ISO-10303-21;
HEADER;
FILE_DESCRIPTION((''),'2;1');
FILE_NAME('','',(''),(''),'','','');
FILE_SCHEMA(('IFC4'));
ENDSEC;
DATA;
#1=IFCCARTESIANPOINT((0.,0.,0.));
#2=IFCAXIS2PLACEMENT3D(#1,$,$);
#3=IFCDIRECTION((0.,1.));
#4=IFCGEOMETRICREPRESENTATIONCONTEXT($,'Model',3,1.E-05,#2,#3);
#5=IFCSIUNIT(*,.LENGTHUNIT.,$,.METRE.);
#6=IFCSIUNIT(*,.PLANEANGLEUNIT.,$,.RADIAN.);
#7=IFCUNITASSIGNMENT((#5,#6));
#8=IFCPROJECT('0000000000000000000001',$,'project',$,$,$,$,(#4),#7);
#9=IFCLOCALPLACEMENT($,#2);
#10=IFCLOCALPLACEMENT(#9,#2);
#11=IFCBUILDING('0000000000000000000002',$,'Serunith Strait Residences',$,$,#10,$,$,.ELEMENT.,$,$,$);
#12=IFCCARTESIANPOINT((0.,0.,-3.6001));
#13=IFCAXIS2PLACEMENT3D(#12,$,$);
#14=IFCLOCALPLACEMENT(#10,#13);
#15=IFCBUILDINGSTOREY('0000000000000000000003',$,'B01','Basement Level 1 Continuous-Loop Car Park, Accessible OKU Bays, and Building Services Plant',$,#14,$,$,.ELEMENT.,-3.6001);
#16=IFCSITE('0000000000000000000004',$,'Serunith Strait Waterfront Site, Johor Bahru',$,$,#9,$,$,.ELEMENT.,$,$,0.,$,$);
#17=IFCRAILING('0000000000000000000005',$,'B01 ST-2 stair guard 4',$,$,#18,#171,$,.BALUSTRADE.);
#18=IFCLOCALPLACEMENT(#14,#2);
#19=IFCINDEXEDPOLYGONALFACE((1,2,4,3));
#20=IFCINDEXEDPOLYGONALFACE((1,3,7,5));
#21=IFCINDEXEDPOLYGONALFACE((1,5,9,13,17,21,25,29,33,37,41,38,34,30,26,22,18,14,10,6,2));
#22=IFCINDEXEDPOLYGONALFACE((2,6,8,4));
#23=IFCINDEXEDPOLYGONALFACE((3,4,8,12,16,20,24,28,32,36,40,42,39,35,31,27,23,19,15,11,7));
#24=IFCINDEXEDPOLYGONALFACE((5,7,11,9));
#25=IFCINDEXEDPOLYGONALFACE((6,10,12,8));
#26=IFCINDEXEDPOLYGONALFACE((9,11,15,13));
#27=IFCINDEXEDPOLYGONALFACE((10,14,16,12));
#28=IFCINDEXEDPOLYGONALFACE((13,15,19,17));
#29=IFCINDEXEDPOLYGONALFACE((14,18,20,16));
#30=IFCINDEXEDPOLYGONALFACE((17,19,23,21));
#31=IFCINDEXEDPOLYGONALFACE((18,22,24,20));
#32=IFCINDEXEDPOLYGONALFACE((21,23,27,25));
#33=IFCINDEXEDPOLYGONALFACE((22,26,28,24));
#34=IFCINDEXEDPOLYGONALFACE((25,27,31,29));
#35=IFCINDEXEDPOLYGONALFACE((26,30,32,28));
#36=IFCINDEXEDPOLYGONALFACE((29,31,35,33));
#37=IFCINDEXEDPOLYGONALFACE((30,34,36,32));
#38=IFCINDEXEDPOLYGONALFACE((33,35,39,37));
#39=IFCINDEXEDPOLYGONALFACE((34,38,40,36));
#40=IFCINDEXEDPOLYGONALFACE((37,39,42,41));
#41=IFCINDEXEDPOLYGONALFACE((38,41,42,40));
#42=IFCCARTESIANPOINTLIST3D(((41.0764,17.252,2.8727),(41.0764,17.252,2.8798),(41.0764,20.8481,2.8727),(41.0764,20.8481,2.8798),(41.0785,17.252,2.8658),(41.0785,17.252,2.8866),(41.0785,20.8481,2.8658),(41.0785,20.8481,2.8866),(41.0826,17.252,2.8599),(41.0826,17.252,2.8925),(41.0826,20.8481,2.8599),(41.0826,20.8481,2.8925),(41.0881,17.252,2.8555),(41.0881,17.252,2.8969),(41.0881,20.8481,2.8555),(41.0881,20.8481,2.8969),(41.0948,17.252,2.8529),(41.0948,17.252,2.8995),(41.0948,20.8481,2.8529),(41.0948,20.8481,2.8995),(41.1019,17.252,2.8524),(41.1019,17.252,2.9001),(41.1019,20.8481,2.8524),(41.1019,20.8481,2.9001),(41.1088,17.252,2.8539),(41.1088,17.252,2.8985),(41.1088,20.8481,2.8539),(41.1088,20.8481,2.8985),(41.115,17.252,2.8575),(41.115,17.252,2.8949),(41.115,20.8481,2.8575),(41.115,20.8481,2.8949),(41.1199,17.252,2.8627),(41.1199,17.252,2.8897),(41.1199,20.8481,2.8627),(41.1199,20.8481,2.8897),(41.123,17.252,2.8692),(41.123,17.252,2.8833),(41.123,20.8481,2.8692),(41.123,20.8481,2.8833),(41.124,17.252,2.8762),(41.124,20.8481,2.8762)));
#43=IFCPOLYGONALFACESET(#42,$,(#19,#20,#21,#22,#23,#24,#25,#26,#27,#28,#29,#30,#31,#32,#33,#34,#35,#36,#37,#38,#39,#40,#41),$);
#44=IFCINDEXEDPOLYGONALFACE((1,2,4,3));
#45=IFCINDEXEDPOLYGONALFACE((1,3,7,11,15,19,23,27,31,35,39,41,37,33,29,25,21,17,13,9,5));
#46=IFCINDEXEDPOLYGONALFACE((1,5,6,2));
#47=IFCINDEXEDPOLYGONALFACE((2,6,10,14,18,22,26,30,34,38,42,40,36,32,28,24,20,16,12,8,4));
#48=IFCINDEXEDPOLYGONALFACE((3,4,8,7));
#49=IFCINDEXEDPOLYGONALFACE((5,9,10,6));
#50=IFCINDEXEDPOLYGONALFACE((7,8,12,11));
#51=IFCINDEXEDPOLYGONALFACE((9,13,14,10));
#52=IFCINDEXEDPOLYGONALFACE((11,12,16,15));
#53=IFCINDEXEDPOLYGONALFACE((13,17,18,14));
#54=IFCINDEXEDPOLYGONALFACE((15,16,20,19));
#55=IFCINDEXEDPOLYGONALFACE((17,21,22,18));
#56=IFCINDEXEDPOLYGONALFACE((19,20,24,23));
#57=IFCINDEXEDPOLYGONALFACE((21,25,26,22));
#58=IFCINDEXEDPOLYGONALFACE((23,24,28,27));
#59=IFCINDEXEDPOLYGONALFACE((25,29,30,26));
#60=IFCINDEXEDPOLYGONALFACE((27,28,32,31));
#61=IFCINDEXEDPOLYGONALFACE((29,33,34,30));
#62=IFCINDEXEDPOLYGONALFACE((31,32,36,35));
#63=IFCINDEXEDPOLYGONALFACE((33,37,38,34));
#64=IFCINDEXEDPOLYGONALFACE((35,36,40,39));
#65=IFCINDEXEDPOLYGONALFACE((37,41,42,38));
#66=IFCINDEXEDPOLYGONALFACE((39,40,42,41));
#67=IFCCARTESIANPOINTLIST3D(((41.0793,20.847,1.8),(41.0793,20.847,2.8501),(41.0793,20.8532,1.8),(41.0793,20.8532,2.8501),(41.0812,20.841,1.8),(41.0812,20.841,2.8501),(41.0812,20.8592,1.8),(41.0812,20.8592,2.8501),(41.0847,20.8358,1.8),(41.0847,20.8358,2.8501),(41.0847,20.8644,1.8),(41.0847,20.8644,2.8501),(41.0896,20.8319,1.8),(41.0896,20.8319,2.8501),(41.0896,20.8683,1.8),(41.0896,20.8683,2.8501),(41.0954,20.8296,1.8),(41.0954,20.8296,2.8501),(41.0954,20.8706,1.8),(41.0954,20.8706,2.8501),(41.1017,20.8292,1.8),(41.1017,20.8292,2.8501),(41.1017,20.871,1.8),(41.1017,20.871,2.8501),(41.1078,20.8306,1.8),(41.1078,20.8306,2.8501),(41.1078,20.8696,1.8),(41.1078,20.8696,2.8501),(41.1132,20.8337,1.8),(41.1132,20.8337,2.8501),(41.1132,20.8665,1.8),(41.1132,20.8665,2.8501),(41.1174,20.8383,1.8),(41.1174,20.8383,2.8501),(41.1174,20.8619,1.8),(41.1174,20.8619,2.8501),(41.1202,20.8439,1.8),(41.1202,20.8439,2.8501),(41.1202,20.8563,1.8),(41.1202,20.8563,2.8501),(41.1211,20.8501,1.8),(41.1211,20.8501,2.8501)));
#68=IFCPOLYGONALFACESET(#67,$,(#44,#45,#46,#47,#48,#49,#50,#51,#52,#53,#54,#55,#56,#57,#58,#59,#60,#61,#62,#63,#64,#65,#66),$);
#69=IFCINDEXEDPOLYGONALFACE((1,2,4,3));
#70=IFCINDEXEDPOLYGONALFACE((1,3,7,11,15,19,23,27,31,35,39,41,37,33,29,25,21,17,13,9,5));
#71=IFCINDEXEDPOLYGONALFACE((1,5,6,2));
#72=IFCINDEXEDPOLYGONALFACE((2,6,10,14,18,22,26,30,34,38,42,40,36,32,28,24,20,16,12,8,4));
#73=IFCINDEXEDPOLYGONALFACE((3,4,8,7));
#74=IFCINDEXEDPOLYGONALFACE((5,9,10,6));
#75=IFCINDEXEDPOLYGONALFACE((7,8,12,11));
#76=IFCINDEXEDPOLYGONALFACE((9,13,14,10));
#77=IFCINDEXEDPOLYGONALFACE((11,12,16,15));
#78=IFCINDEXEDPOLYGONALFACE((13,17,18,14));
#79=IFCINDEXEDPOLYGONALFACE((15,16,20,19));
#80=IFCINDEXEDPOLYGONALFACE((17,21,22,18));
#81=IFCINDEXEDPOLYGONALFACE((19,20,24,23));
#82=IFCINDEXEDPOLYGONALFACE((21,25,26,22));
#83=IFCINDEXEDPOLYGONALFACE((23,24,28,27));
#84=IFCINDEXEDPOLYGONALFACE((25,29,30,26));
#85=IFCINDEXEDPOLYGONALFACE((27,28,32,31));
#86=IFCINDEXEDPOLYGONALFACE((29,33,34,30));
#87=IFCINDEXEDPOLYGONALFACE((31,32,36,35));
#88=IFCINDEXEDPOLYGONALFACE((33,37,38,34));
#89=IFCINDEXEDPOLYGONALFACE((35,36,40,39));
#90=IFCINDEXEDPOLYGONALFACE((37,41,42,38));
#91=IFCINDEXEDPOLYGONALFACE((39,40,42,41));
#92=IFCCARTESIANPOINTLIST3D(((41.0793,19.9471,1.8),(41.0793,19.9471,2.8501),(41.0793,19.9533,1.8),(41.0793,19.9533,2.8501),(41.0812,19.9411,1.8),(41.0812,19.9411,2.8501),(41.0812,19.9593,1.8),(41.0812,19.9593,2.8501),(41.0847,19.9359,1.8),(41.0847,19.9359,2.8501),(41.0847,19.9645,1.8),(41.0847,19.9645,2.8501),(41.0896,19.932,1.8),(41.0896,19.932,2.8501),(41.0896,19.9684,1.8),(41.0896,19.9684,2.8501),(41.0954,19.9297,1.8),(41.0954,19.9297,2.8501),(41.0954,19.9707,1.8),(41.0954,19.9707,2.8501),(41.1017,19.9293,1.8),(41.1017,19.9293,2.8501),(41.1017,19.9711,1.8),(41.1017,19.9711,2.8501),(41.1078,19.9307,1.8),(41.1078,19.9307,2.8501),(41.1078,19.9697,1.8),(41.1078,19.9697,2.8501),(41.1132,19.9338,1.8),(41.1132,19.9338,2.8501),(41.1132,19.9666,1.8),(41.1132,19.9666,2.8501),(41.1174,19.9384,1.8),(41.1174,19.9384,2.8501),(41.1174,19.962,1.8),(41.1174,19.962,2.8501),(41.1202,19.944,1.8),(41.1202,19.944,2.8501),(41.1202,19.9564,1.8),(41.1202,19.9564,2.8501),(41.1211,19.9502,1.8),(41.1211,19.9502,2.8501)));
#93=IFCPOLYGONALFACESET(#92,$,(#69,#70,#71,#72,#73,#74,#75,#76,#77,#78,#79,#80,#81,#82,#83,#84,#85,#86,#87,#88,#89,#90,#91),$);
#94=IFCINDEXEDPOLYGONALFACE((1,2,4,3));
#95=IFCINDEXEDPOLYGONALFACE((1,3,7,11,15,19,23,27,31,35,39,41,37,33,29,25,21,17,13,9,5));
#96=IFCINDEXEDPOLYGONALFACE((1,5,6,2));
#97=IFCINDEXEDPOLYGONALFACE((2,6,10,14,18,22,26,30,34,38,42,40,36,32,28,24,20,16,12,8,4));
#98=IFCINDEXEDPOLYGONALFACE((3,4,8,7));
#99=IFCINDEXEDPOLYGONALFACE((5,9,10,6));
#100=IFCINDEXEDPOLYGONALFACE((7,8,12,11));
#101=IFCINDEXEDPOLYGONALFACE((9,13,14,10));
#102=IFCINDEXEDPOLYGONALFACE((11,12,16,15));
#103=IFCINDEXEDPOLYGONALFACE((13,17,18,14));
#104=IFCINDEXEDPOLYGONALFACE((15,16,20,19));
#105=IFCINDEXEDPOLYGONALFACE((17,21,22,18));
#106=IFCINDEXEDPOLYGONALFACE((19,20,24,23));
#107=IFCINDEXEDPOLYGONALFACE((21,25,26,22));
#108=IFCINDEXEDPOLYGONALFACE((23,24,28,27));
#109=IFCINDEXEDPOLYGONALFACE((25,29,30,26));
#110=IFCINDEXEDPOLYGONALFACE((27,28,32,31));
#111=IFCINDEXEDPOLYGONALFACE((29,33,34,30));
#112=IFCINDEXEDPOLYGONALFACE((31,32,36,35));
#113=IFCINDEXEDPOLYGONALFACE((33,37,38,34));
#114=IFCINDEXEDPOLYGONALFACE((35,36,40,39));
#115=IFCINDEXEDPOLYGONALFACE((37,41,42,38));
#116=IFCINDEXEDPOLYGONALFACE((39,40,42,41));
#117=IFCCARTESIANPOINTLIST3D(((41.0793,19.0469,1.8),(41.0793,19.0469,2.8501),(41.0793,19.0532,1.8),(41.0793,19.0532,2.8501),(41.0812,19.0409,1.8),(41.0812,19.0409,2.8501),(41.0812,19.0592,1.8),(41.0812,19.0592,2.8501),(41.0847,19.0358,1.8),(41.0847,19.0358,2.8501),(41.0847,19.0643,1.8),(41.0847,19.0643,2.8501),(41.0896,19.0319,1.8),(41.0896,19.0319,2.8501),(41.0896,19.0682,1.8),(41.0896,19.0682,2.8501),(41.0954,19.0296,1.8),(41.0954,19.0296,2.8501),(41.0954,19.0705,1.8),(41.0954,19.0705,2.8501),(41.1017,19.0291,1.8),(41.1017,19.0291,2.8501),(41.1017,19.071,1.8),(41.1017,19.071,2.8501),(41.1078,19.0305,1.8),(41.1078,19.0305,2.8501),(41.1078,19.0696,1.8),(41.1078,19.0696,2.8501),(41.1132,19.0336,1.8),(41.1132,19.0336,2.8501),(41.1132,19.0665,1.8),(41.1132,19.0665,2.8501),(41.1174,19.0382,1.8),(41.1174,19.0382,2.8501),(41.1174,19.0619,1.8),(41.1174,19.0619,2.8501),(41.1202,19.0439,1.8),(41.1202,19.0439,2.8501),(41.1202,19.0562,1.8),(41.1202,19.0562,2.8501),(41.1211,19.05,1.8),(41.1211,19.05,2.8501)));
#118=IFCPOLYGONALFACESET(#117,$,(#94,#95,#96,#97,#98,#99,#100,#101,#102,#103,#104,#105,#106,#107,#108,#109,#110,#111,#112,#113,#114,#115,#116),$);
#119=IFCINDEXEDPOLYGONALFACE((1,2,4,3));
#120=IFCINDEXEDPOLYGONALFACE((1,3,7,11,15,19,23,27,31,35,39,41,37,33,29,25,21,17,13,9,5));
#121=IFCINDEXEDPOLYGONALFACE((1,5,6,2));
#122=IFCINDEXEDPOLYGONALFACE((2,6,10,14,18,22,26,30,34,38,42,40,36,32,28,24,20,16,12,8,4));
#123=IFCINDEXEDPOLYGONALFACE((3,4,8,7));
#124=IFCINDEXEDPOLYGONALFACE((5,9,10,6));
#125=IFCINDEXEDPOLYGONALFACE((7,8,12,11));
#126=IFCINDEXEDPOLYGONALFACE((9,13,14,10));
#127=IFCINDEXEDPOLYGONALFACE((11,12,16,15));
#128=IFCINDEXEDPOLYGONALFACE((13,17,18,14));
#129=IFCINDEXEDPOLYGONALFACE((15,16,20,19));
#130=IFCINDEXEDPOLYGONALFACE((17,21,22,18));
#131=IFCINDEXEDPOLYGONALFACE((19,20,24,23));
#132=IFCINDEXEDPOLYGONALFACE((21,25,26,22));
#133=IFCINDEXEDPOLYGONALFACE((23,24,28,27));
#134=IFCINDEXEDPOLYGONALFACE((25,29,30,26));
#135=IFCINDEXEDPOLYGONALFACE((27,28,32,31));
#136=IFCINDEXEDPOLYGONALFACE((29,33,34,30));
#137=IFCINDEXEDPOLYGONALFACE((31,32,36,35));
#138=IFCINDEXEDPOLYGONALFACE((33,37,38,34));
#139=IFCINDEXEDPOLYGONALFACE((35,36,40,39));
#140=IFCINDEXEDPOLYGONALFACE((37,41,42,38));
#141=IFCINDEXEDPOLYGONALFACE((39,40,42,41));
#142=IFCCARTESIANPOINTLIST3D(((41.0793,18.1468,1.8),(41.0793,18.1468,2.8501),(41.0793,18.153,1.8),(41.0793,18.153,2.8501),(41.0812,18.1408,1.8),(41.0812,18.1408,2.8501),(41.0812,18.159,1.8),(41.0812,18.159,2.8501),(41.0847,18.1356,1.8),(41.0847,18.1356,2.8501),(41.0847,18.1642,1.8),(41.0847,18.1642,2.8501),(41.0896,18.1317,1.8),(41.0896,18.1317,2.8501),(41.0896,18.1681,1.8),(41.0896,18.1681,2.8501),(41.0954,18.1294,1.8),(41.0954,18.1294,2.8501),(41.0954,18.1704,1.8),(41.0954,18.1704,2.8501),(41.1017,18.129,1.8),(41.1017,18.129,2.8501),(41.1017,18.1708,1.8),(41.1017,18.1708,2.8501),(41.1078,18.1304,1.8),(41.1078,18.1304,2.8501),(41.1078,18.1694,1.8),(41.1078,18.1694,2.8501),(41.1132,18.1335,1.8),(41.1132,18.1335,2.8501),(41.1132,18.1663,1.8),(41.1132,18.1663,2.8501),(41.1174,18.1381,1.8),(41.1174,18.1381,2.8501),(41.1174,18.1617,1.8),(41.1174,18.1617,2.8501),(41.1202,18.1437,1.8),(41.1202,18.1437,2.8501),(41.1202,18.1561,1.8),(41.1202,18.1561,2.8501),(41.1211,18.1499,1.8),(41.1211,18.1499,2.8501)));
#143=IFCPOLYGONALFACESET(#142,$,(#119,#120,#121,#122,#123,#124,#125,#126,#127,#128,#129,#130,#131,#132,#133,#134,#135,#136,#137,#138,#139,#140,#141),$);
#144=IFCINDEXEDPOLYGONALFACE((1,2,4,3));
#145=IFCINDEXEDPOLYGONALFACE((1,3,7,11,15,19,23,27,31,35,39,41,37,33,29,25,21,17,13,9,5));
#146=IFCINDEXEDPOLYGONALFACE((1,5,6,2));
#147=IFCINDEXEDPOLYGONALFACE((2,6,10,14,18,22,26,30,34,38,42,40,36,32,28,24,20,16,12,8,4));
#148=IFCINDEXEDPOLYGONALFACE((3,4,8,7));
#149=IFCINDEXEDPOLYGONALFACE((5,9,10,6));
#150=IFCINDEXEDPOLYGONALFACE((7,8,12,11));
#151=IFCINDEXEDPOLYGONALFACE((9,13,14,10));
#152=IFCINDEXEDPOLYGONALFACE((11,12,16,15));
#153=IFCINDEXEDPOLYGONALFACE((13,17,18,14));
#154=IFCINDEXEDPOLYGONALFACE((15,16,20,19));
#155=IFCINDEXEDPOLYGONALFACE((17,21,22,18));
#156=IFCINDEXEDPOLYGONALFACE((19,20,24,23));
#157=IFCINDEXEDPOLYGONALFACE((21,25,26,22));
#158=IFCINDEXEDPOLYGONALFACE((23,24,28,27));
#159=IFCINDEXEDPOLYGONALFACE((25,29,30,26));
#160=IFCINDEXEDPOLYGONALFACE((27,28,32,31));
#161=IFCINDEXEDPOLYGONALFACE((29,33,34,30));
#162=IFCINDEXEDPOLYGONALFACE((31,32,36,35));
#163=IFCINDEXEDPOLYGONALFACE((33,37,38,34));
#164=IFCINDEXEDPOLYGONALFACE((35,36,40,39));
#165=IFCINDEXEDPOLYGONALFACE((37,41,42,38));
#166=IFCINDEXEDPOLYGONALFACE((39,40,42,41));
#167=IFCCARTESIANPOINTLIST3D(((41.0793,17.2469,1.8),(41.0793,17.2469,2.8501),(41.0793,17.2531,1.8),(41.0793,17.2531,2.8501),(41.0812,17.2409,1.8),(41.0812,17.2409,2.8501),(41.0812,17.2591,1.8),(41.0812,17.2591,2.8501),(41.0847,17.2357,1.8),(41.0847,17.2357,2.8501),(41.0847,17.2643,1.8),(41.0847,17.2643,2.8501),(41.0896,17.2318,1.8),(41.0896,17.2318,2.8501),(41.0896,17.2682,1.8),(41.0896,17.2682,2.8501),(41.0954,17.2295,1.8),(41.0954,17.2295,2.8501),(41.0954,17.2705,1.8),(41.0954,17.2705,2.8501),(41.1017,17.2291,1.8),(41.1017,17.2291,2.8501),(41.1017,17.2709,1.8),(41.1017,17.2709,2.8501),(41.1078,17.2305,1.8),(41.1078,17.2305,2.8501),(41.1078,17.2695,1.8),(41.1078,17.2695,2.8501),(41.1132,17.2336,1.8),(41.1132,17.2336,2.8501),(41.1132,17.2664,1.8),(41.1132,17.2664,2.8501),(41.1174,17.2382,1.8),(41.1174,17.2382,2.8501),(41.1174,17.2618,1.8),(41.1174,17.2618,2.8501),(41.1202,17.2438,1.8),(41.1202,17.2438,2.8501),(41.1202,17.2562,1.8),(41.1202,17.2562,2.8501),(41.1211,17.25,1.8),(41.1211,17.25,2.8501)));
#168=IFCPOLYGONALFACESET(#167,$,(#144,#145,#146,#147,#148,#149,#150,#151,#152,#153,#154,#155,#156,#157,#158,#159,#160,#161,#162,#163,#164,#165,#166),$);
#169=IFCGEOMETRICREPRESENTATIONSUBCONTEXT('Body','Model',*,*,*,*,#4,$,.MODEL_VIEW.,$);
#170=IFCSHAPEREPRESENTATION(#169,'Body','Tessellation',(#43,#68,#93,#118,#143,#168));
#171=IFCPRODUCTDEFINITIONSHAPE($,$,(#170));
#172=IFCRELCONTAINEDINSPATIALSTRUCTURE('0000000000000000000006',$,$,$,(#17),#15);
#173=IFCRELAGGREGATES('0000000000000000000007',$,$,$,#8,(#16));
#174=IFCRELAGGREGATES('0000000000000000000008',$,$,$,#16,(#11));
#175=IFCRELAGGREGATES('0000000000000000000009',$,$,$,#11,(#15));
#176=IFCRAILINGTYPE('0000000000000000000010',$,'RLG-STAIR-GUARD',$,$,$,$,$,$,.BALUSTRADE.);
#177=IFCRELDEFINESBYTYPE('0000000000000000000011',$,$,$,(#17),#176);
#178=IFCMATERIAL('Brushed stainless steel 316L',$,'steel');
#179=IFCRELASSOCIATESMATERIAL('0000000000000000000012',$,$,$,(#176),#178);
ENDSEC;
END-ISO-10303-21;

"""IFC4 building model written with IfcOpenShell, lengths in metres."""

from ifc_helpers import new_model, si_unit, direction, frame, origin, origin_2d, place, context, subcontext, project, spatial, circle, extrude, material, type_object, element, save


model = new_model("IFC4")

# Units and contexts
model_context = context("Model", 3, precision=1e-05, world=origin(), true_north=direction((0.0, 1.0)))
body_context = subcontext(model_context, "Body", "Model", "MODEL_VIEW")
ifc_project = project(units=[si_unit("LENGTHUNIT", "METRE"), si_unit("PLANEANGLEUNIT", "RADIAN")], contexts=[model_context])

# Site, building, storey
site_placement = place(None, origin())
site = spatial("IfcSite", under=ifc_project, at=site_placement, Name="Serunith Strait Waterfront Site, Johor Bahru", CompositionType="ELEMENT", RefElevation=0.0)
building_placement = place(site_placement, origin())
building = spatial("IfcBuilding", under=site, at=building_placement, Name="Serunith Strait Residences", CompositionType="ELEMENT")
storey_placement = place(building_placement, frame((0.0, 0.0, -3.6001)))
storey = spatial("IfcBuildingStorey", under=building, at=storey_placement, Name="B01", Description="Basement Level 1 Continuous-Loop Car Park, Accessible OKU Bays, and Building Services Plant", CompositionType="ELEMENT", Elevation=-3.6001)

# Railing
ifc_material_1 = material(Name="Brushed stainless steel 316L", Category="steel")
railing_type_1 = type_object("IfcRailingType", Name="RLG-STAIR-GUARD", PredefinedType="BALUSTRADE", material=ifc_material_1)
for number, where, name in (
    (1, (41.1001, 20.8501, 1.8), "B01 ST-2 stair guard 4"),
):
    element("IfcRailing", number, at=place(storey_placement, frame(where)), inside=storey, type_object=railing_type_1, Name=name, PredefinedType="BALUSTRADE", context=body_context, shape_type="SweptSolid", body=[
        extrude(circle(Radius=0.0239, at=origin_2d()), frame((0.0, -0.002, 1.0762), z_axis=(0.0, -1.0, 0.0), x_axis=(1.0, 0.0, 0.0)), (0.0, 0.0, 1.0), 3.5962),
        extrude(circle(Radius=0.021, at=origin_2d()), origin(), (0.0, 0.0, 1.0), 1.05),
        extrude(circle(Radius=0.021, at=origin_2d()), frame((0.0, -0.8999, 0.0)), (0.0, 0.0, 1.0), 1.05),
        extrude(circle(Radius=0.021, at=origin_2d()), frame((0.0, -1.8, 0.0)), (0.0, 0.0, 1.0), 1.05),
        extrude(circle(Radius=0.021, at=origin_2d()), frame((0.0, -2.7002, 0.0)), (0.0, 0.0, 1.0), 1.05),
        extrude(circle(Radius=0.021, at=origin_2d()), frame((0.0, -3.6001, 0.0)), (0.0, 0.0, 1.0), 1.05),
    ])

save(model, "model.ifc")
